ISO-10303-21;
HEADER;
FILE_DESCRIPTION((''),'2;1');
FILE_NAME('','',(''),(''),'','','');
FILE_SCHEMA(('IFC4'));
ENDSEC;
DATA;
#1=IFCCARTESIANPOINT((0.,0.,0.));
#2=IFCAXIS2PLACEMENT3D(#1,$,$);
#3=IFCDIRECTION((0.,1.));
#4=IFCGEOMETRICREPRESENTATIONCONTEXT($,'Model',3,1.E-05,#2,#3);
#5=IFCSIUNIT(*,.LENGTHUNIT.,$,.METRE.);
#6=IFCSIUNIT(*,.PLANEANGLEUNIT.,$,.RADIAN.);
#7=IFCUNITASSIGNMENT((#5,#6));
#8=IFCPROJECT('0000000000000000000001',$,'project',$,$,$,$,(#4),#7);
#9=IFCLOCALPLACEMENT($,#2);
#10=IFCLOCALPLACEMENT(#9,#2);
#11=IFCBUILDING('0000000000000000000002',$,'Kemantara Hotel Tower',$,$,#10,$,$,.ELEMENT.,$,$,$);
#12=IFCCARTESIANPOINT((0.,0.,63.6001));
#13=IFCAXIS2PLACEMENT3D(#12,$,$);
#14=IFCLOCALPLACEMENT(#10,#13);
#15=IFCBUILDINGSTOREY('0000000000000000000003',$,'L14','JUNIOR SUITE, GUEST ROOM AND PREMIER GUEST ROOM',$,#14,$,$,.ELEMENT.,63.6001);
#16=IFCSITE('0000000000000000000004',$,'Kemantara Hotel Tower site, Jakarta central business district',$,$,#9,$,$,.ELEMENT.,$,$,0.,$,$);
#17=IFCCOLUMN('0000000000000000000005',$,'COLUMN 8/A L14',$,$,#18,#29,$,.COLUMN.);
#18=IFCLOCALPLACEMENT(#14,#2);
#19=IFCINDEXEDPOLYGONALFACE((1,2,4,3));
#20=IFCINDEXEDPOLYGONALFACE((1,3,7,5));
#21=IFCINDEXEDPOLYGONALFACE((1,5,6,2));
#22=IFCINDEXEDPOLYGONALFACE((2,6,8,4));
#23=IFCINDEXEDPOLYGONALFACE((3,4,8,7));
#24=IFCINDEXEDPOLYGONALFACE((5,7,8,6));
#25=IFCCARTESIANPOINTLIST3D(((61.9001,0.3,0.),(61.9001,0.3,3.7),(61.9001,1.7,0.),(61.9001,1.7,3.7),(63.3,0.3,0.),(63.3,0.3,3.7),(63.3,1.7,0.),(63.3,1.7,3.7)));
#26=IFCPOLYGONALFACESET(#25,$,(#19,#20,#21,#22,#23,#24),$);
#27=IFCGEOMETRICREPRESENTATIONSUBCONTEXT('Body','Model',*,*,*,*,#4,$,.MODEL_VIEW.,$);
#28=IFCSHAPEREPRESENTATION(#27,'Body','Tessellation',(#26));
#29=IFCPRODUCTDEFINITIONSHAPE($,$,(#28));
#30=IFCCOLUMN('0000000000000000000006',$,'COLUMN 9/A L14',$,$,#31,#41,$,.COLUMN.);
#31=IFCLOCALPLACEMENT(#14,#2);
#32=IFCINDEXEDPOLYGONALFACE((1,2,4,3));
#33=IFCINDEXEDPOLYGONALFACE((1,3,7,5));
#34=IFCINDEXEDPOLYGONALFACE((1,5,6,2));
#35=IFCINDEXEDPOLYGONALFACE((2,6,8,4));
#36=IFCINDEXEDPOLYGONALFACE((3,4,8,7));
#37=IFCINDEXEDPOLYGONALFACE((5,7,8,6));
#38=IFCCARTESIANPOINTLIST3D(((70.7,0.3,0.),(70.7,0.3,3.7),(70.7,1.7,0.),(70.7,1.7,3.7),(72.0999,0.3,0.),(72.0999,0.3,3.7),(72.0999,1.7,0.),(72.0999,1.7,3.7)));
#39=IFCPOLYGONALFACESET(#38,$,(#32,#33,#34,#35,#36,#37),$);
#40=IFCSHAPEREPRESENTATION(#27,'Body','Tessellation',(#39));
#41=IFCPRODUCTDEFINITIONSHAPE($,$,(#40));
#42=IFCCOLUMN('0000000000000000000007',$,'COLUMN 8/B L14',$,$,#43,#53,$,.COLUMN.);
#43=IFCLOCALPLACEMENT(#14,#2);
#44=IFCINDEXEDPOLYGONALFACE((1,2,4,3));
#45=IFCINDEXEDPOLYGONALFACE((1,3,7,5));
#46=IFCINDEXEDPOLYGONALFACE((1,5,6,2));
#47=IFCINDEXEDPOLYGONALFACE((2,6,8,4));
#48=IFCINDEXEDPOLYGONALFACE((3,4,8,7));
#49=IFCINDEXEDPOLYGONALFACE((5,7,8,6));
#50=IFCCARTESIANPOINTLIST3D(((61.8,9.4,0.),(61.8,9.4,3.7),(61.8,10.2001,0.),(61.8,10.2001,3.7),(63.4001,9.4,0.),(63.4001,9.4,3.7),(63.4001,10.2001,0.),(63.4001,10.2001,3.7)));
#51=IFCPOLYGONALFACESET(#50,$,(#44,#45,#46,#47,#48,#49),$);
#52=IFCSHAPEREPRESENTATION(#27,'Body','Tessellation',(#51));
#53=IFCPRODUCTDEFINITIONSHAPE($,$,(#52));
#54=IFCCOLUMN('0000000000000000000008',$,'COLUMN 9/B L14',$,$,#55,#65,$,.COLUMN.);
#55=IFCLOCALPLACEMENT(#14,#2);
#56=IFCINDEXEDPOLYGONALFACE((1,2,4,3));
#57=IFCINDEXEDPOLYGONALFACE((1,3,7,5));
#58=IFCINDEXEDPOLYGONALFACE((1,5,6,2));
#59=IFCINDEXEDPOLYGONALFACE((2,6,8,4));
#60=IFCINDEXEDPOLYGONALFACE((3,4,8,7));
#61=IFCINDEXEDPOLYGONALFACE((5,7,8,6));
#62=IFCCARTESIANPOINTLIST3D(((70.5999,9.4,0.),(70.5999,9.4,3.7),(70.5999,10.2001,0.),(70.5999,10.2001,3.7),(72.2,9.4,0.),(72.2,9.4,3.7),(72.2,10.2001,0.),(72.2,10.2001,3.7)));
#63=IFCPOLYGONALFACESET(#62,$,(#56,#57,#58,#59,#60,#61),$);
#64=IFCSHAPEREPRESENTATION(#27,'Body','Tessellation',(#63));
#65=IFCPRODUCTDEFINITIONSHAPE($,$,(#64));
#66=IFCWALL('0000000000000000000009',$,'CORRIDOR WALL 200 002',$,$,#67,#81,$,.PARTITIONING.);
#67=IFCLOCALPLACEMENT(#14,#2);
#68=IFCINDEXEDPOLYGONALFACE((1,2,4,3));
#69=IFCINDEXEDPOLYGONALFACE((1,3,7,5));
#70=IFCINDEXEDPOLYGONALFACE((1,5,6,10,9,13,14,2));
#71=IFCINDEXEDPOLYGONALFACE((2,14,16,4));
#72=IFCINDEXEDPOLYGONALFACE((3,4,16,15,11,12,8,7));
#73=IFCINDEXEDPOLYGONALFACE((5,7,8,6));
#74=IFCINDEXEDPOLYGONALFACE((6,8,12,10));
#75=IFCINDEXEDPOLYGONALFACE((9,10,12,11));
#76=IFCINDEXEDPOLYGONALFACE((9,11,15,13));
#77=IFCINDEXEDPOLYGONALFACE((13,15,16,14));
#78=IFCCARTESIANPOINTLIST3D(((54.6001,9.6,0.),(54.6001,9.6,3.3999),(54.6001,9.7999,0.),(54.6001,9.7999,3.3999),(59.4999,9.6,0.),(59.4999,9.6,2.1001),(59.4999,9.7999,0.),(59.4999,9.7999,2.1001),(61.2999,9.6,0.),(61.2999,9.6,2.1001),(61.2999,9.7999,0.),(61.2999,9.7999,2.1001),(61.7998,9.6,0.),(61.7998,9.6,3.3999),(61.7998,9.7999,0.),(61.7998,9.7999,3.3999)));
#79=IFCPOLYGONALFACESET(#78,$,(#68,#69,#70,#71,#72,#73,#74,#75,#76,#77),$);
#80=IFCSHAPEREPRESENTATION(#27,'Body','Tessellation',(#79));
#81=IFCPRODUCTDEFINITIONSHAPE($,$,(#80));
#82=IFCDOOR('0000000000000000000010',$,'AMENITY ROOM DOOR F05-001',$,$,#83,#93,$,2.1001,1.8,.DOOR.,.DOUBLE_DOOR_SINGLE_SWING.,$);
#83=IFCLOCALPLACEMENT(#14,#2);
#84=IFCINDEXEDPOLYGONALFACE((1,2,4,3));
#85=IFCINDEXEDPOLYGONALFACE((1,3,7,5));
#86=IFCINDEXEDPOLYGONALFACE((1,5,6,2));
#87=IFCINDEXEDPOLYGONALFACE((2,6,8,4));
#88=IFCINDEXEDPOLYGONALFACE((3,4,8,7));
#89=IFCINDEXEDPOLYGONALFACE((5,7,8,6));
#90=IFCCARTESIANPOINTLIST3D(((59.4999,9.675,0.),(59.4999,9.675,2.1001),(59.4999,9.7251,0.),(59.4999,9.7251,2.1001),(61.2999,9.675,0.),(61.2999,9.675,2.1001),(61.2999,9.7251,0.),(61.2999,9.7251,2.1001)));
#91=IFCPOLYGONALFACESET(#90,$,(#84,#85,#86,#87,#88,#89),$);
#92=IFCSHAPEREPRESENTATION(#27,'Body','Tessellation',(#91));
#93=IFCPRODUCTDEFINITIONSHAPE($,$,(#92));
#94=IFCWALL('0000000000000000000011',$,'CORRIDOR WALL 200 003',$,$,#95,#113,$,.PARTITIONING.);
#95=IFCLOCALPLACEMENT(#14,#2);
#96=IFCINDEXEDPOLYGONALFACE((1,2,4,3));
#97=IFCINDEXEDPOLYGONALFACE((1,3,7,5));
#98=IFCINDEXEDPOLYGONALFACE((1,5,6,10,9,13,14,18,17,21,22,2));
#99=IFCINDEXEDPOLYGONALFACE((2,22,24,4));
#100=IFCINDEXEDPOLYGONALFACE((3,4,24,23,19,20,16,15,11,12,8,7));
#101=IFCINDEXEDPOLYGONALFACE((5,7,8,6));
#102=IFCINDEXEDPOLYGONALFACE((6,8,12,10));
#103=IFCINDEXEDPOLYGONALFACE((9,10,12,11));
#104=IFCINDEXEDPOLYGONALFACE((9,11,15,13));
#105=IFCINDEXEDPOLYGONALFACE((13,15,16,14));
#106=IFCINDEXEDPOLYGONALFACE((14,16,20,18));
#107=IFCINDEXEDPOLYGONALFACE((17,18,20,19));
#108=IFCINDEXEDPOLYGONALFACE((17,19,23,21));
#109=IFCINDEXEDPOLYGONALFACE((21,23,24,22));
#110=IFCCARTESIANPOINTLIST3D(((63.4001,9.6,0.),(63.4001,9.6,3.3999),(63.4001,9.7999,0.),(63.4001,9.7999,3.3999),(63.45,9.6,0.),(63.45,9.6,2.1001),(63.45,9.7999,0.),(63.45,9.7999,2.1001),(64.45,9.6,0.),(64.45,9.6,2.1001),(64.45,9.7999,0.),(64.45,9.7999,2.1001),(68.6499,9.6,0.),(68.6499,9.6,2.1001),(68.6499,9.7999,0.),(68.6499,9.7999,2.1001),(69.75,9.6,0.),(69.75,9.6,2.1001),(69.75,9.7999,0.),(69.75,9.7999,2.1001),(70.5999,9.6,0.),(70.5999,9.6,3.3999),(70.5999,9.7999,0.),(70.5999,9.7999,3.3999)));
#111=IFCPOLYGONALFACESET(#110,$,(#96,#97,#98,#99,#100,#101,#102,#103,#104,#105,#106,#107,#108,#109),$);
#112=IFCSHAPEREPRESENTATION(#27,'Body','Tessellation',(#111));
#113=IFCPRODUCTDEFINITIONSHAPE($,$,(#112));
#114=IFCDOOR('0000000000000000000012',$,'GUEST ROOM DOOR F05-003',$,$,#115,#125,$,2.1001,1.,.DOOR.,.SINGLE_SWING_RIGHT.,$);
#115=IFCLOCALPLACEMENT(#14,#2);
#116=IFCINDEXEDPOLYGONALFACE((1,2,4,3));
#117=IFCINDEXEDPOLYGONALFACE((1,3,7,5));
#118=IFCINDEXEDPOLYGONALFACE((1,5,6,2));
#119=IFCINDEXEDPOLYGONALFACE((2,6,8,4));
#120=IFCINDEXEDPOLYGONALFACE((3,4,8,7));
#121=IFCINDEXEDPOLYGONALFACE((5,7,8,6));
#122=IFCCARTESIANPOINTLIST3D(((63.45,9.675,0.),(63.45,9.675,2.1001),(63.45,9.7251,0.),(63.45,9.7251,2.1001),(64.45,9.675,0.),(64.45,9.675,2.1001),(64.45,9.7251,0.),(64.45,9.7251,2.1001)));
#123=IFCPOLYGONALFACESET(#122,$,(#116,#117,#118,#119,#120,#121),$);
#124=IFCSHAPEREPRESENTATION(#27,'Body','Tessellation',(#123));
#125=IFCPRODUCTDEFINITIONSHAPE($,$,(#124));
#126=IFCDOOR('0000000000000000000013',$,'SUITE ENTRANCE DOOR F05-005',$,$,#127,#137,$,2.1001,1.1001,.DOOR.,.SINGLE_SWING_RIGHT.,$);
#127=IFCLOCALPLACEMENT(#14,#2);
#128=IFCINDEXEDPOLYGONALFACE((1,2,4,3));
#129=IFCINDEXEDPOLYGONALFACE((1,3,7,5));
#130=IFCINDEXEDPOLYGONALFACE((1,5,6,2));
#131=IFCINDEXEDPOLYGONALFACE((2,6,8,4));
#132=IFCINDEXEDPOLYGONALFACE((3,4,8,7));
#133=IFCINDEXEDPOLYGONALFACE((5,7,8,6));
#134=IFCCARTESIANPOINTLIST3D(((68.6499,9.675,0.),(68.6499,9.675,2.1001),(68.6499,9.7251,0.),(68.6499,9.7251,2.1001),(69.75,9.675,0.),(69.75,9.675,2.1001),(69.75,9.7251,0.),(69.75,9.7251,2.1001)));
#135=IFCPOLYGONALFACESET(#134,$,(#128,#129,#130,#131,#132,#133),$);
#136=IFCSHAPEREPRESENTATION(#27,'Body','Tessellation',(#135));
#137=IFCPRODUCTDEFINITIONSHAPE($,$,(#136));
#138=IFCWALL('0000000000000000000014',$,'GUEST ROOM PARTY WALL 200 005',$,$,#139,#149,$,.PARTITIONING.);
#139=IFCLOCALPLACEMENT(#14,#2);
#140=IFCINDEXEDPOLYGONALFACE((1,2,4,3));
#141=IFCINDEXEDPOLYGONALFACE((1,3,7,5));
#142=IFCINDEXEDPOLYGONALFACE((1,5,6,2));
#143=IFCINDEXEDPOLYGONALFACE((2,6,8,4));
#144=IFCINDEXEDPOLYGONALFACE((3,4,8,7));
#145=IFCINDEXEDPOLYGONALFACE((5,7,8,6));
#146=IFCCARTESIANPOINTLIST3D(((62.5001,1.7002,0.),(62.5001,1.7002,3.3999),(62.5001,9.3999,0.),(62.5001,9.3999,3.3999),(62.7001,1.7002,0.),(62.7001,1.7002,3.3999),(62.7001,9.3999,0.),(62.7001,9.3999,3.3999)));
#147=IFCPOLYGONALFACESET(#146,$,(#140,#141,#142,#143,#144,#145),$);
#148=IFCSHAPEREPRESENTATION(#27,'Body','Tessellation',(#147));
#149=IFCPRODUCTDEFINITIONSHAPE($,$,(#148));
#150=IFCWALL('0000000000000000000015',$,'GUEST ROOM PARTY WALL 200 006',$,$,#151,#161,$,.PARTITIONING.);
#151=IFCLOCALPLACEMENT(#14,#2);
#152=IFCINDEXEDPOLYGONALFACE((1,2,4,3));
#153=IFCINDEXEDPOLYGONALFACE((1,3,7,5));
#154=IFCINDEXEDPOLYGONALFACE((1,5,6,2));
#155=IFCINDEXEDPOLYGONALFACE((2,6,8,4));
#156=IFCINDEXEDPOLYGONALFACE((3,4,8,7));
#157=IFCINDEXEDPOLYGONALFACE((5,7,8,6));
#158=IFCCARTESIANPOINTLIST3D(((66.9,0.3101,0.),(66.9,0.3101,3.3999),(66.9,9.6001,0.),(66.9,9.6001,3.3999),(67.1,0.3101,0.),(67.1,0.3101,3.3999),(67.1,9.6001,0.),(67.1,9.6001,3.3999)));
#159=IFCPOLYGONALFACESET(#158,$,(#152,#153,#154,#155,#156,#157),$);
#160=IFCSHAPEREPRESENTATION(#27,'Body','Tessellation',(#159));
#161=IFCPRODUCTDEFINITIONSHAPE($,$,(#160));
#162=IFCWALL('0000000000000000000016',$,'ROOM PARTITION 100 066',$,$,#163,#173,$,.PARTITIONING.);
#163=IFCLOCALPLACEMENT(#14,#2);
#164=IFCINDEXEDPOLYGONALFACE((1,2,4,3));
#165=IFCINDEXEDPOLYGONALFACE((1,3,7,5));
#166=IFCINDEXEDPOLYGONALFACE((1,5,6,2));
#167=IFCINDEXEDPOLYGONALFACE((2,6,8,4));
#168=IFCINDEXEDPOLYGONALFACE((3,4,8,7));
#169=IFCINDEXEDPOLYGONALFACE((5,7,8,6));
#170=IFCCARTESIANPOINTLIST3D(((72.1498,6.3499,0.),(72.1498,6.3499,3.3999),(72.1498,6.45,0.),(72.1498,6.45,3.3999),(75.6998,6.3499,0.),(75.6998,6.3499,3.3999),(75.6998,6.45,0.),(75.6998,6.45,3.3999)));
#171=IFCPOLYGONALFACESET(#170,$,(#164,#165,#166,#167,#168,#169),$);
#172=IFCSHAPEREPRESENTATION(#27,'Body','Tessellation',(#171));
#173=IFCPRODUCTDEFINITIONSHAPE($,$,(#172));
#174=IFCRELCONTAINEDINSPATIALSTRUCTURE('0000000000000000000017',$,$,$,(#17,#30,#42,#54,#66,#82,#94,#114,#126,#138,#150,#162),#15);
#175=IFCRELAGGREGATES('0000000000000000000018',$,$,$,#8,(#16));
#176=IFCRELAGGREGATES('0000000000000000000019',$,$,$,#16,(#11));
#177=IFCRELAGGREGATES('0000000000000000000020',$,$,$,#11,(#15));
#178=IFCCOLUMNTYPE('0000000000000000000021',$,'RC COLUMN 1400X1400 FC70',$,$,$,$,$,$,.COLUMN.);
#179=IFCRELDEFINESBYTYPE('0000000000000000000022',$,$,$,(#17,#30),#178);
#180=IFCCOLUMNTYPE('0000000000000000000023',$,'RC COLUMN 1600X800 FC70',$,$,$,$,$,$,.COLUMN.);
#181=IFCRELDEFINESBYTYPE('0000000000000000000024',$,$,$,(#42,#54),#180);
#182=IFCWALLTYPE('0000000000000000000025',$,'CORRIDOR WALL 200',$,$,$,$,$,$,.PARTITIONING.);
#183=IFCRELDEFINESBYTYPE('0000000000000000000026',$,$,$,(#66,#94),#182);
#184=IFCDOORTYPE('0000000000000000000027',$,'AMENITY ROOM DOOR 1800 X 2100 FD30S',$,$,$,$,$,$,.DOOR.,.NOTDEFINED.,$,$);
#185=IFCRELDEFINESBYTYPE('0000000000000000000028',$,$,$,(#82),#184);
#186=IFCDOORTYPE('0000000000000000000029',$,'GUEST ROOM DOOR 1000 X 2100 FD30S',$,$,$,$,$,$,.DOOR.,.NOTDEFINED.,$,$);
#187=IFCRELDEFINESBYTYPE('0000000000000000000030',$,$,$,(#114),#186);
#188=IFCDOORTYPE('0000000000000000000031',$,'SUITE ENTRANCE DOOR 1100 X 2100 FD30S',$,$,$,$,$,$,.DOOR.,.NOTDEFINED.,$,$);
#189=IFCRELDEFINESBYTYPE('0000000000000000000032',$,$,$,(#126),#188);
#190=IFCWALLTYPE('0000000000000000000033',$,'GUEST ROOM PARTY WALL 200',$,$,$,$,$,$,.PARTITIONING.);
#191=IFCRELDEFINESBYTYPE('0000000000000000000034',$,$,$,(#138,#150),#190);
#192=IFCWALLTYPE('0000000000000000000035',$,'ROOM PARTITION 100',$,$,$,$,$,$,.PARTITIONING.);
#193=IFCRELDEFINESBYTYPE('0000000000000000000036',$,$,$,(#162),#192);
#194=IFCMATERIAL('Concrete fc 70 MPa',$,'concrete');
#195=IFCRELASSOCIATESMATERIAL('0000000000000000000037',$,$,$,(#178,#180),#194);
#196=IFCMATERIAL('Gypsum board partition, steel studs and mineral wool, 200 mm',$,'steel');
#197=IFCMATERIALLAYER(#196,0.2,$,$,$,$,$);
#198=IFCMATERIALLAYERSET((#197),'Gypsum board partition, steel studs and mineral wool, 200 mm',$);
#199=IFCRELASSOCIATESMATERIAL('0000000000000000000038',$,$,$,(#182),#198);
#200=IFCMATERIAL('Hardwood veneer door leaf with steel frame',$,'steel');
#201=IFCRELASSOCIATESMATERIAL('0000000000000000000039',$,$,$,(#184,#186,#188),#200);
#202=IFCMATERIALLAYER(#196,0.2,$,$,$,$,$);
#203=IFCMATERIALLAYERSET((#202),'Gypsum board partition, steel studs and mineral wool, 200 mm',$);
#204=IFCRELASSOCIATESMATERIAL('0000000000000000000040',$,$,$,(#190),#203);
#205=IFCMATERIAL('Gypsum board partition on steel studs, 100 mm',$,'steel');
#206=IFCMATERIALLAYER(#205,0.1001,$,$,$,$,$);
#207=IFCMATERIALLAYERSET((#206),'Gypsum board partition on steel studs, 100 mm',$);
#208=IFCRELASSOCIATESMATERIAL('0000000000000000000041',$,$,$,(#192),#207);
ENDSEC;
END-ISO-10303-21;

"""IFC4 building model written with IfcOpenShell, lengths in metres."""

from ifc_helpers import new_model, si_unit, direction, frame, frame_2d, origin, origin_2d, place, context, subcontext, project, spatial, rectangle, extrude, material, layer, layer_set, material_profile, profile_set, type_object, element, fill, save


model = new_model("IFC4")

# Units and contexts
model_context = context("Model", 3, precision=1e-05, world=origin(), true_north=direction((0.0, 1.0)))
body_context = subcontext(model_context, "Body", "Model", "MODEL_VIEW")
ifc_project = project(units=[si_unit("LENGTHUNIT", "METRE"), si_unit("PLANEANGLEUNIT", "RADIAN")], contexts=[model_context])

# Site, building, storey
site_placement = place(None, origin())
site = spatial("IfcSite", under=ifc_project, at=site_placement, Name="Kemantara Hotel Tower site, Jakarta central business district", CompositionType="ELEMENT", RefElevation=0.0)
building_placement = place(site_placement, origin())
building = spatial("IfcBuilding", under=site, at=building_placement, Name="Kemantara Hotel Tower", CompositionType="ELEMENT")
storey_placement = place(building_placement, frame((0.0, 0.0, 63.6001)))
storey = spatial("IfcBuildingStorey", under=building, at=storey_placement, Name="L14", Description="JUNIOR SUITE, GUEST ROOM AND PREMIER GUEST ROOM", CompositionType="ELEMENT", Elevation=63.6001)

# Columns
ifc_material_1 = material(Name="Concrete fc 70 MPa", Category="concrete")
ifc_material_profile_1 = material_profile(ifc_material_1, rectangle(XDim=1.3999, YDim=1.3999, at=origin_2d()), Name="RC 1400X1400")
ifc_profile_set_1 = profile_set([ifc_material_profile_1], Name="Concrete fc 70 MPa")
column_type_1 = type_object("IfcColumnType", Name="RC COLUMN 1400X1400 FC70", PredefinedType="COLUMN", material=ifc_profile_set_1)
for number, where, z_axis, x_axis, name in (
    (1, (62.6001, 1.0, 0.0), (0.0, 0.0, 1.0), (1.0, 0.0, 0.0), "COLUMN 8/A L14"),
    (2, (71.3999, 1.0, 0.0), (0.0, 0.0, 1.0), (1.0, 0.0, 0.0), "COLUMN 9/A L14"),
):
    element("IfcColumn", number, at=place(storey_placement, frame(where, z_axis=z_axis, x_axis=x_axis)), inside=storey, type_object=column_type_1, Name=name, PredefinedType="COLUMN", context=body_context, shape_type="SweptSolid", body=[
        extrude(rectangle(XDim=1.3999, YDim=1.3999, at=origin_2d()), origin(), (0.0, 0.0, 1.0), 3.7),
    ])
ifc_material_profile_2 = material_profile(ifc_material_1, rectangle(XDim=1.6001, YDim=0.8, at=origin_2d()), Name="RC 1600X800")
ifc_profile_set_2 = profile_set([ifc_material_profile_2], Name="Concrete fc 70 MPa")
column_type_2 = type_object("IfcColumnType", Name="RC COLUMN 1600X800 FC70", PredefinedType="COLUMN", material=ifc_profile_set_2)
for number, where, z_axis, x_axis, name in (
    (3, (62.6001, 9.8, 0.0), (0.0, 0.0, 1.0), (1.0, 0.0, 0.0), "COLUMN 8/B L14"),
    (4, (71.3999, 9.8, 0.0), (0.0, 0.0, 1.0), (1.0, 0.0, 0.0), "COLUMN 9/B L14"),
):
    element("IfcColumn", number, at=place(storey_placement, frame(where, z_axis=z_axis, x_axis=x_axis)), inside=storey, type_object=column_type_2, Name=name, PredefinedType="COLUMN", context=body_context, shape_type="SweptSolid", body=[
        extrude(rectangle(XDim=1.6001, YDim=0.8, at=origin_2d()), origin(), (0.0, 0.0, 1.0), 3.7),
    ])

# Wall, opening, door
ifc_material_2 = material(Name="Gypsum board partition, steel studs and mineral wool, 200 mm", Category="steel")
ifc_layer_1 = layer(ifc_material_2, 0.2)
ifc_layer_set_1 = layer_set([ifc_layer_1], Name="Gypsum board partition, steel studs and mineral wool, 200 mm")
wall_type_1 = type_object("IfcWallType", Name="CORRIDOR WALL 200", PredefinedType="PARTITIONING", material=ifc_layer_set_1)
wall_1_placement = place(storey_placement, frame((61.7998, 9.7, 0.0), z_axis=(0.0, 0.0, 1.0), x_axis=(-1.0, 0.0, 0.0)))
wall_1 = element("IfcWall", 5, at=wall_1_placement, inside=storey, type_object=wall_type_1, Name="CORRIDOR WALL 200 002", PredefinedType="PARTITIONING", context=body_context, shape_type="SweptSolid", body=[
    extrude(rectangle(XDim=7.1997, YDim=0.2, at=frame_2d((3.5999, 0.0))), origin(), (0.0, 0.0, 1.0), 3.3999),
])
opening_1_placement = place(wall_1_placement, frame((0.5, 0.0, 0.0)))
opening_1 = element("IfcOpeningElement", 6, at=opening_1_placement, cuts=wall_1, PredefinedType="OPENING", context=body_context, shape_type="SweptSolid", body=[
    extrude(rectangle(XDim=1.8, YDim=2.1001, at=frame_2d((0.8999, 1.05))), frame((0.0, 0.1099, 0.0), z_axis=(0.0, -1.0, 0.0), x_axis=(1.0, 0.0, 0.0)), (0.0, 0.0, 1.0), 0.22),
])
ifc_material_3 = material(Name="Hardwood veneer door leaf with steel frame", Category="steel")
door_type_1 = type_object("IfcDoorType", Name="AMENITY ROOM DOOR 1800 X 2100 FD30S", OperationType="NOTDEFINED", PredefinedType="DOOR", material=ifc_material_3)
door_1_placement = place(opening_1_placement, origin())
door_1 = element("IfcDoor", 7, at=door_1_placement, inside=storey, type_object=door_type_1, Name="AMENITY ROOM DOOR F05-001", OperationType="DOUBLE_DOOR_SINGLE_SWING", OverallHeight=2.1001, OverallWidth=1.8, PredefinedType="DOOR", context=body_context, shape_type="SweptSolid", body=[
    extrude(rectangle(XDim=1.8, YDim=2.1001, at=frame_2d((0.8999, 1.05))), frame((0.0, 0.0249, 0.0), z_axis=(0.0, -1.0, 0.0), x_axis=(1.0, 0.0, 0.0)), (0.0, 0.0, 1.0), 0.05),
])
fill(opening_1, door_1)

# Wall, openings, doors
wall_2_placement = place(storey_placement, frame((70.5999, 9.7, 0.0), z_axis=(0.0, 0.0, 1.0), x_axis=(-1.0, 0.0, 0.0)))
wall_2 = element("IfcWall", 8, at=wall_2_placement, inside=storey, type_object=wall_type_1, Name="CORRIDOR WALL 200 003", PredefinedType="PARTITIONING", context=body_context, shape_type="SweptSolid", body=[
    extrude(rectangle(XDim=7.1997, YDim=0.2, at=frame_2d((3.5999, 0.0))), origin(), (0.0, 0.0, 1.0), 3.3999),
])
opening_2_placement = place(wall_2_placement, frame((6.1499, 0.0, 0.0)))
opening_2 = element("IfcOpeningElement", 9, at=opening_2_placement, cuts=wall_2, PredefinedType="OPENING", context=body_context, shape_type="SweptSolid", body=[
    extrude(rectangle(XDim=1.0, YDim=2.1001, at=frame_2d((0.5, 1.05))), frame((0.0, 0.1099, 0.0), z_axis=(0.0, -1.0, 0.0), x_axis=(1.0, 0.0, 0.0)), (0.0, 0.0, 1.0), 0.22),
])
opening_3_placement = place(wall_2_placement, frame((0.8499, 0.0, 0.0)))
opening_3 = element("IfcOpeningElement", 10, at=opening_3_placement, cuts=wall_2, PredefinedType="OPENING", context=body_context, shape_type="SweptSolid", body=[
    extrude(rectangle(XDim=1.1001, YDim=2.1001, at=frame_2d((0.55, 1.05))), frame((0.0, 0.1099, 0.0), z_axis=(0.0, -1.0, 0.0), x_axis=(1.0, 0.0, 0.0)), (0.0, 0.0, 1.0), 0.22),
])
door_type_2 = type_object("IfcDoorType", Name="GUEST ROOM DOOR 1000 X 2100 FD30S", OperationType="NOTDEFINED", PredefinedType="DOOR", material=ifc_material_3)
door_2_placement = place(opening_2_placement, origin())
door_2 = element("IfcDoor", 11, at=door_2_placement, inside=storey, type_object=door_type_2, Name="GUEST ROOM DOOR F05-003", OperationType="SINGLE_SWING_RIGHT", OverallHeight=2.1001, OverallWidth=1.0, PredefinedType="DOOR", context=body_context, shape_type="SweptSolid", body=[
    extrude(rectangle(XDim=1.0, YDim=2.1001, at=frame_2d((0.5, 1.05))), frame((0.0, 0.0249, 0.0), z_axis=(0.0, -1.0, 0.0), x_axis=(1.0, 0.0, 0.0)), (0.0, 0.0, 1.0), 0.05),
])
fill(opening_2, door_2)
door_type_3 = type_object("IfcDoorType", Name="SUITE ENTRANCE DOOR 1100 X 2100 FD30S", OperationType="NOTDEFINED", PredefinedType="DOOR", material=ifc_material_3)
door_3_placement = place(opening_3_placement, origin())
door_3 = element("IfcDoor", 12, at=door_3_placement, inside=storey, type_object=door_type_3, Name="SUITE ENTRANCE DOOR F05-005", OperationType="SINGLE_SWING_RIGHT", OverallHeight=2.1001, OverallWidth=1.1001, PredefinedType="DOOR", context=body_context, shape_type="SweptSolid", body=[
    extrude(rectangle(XDim=1.1001, YDim=2.1001, at=frame_2d((0.55, 1.05))), frame((0.0, 0.0249, 0.0), z_axis=(0.0, -1.0, 0.0), x_axis=(1.0, 0.0, 0.0)), (0.0, 0.0, 1.0), 0.05),
])
fill(opening_3, door_3)

# Walls
ifc_layer_2 = layer(ifc_material_2, 0.2)
ifc_layer_set_2 = layer_set([ifc_layer_2], Name="Gypsum board partition, steel studs and mineral wool, 200 mm")
wall_type_2 = type_object("IfcWallType", Name="GUEST ROOM PARTY WALL 200", PredefinedType="PARTITIONING", material=ifc_layer_set_2)
wall_3_placement = place(storey_placement, frame((62.6001, 1.7002, 0.0), z_axis=(0.0, 0.0, 1.0), x_axis=(0.0, 1.0, 0.0)))
element("IfcWall", 13, at=wall_3_placement, inside=storey, type_object=wall_type_2, Name="GUEST ROOM PARTY WALL 200 005", PredefinedType="PARTITIONING", context=body_context, shape_type="SweptSolid", body=[
    extrude(rectangle(XDim=7.6997, YDim=0.2, at=frame_2d((3.8499, 0.0))), origin(), (0.0, 0.0, 1.0), 3.3999),
])
wall_4_placement = place(storey_placement, frame((67.0, 0.3101, 0.0), z_axis=(0.0, 0.0, 1.0), x_axis=(0.0, 1.0, 0.0)))
element("IfcWall", 14, at=wall_4_placement, inside=storey, type_object=wall_type_2, Name="GUEST ROOM PARTY WALL 200 006", PredefinedType="PARTITIONING", context=body_context, shape_type="SweptSolid", body=[
    extrude(rectangle(XDim=9.29, YDim=0.2, at=frame_2d((4.645, 0.0))), origin(), (0.0, 0.0, 1.0), 3.3999),
])
ifc_material_4 = material(Name="Gypsum board partition on steel studs, 100 mm", Category="steel")
ifc_layer_3 = layer(ifc_material_4, 0.1001)
ifc_layer_set_3 = layer_set([ifc_layer_3], Name="Gypsum board partition on steel studs, 100 mm")
wall_type_3 = type_object("IfcWallType", Name="ROOM PARTITION 100", PredefinedType="PARTITIONING", material=ifc_layer_set_3)
wall_5_placement = place(storey_placement, frame((72.1499, 6.3999, 0.0), z_axis=(0.0, 0.0, 1.0), x_axis=(1.0, 0.0, 0.0)))
element("IfcWall", 15, at=wall_5_placement, inside=storey, type_object=wall_type_3, Name="ROOM PARTITION 100 066", PredefinedType="PARTITIONING", context=body_context, shape_type="SweptSolid", body=[
    extrude(rectangle(XDim=3.55, YDim=0.1001, at=frame_2d((1.7749, 0.0))), origin(), (0.0, 0.0, 1.0), 3.3999),
])

save(model, "model.ifc")
